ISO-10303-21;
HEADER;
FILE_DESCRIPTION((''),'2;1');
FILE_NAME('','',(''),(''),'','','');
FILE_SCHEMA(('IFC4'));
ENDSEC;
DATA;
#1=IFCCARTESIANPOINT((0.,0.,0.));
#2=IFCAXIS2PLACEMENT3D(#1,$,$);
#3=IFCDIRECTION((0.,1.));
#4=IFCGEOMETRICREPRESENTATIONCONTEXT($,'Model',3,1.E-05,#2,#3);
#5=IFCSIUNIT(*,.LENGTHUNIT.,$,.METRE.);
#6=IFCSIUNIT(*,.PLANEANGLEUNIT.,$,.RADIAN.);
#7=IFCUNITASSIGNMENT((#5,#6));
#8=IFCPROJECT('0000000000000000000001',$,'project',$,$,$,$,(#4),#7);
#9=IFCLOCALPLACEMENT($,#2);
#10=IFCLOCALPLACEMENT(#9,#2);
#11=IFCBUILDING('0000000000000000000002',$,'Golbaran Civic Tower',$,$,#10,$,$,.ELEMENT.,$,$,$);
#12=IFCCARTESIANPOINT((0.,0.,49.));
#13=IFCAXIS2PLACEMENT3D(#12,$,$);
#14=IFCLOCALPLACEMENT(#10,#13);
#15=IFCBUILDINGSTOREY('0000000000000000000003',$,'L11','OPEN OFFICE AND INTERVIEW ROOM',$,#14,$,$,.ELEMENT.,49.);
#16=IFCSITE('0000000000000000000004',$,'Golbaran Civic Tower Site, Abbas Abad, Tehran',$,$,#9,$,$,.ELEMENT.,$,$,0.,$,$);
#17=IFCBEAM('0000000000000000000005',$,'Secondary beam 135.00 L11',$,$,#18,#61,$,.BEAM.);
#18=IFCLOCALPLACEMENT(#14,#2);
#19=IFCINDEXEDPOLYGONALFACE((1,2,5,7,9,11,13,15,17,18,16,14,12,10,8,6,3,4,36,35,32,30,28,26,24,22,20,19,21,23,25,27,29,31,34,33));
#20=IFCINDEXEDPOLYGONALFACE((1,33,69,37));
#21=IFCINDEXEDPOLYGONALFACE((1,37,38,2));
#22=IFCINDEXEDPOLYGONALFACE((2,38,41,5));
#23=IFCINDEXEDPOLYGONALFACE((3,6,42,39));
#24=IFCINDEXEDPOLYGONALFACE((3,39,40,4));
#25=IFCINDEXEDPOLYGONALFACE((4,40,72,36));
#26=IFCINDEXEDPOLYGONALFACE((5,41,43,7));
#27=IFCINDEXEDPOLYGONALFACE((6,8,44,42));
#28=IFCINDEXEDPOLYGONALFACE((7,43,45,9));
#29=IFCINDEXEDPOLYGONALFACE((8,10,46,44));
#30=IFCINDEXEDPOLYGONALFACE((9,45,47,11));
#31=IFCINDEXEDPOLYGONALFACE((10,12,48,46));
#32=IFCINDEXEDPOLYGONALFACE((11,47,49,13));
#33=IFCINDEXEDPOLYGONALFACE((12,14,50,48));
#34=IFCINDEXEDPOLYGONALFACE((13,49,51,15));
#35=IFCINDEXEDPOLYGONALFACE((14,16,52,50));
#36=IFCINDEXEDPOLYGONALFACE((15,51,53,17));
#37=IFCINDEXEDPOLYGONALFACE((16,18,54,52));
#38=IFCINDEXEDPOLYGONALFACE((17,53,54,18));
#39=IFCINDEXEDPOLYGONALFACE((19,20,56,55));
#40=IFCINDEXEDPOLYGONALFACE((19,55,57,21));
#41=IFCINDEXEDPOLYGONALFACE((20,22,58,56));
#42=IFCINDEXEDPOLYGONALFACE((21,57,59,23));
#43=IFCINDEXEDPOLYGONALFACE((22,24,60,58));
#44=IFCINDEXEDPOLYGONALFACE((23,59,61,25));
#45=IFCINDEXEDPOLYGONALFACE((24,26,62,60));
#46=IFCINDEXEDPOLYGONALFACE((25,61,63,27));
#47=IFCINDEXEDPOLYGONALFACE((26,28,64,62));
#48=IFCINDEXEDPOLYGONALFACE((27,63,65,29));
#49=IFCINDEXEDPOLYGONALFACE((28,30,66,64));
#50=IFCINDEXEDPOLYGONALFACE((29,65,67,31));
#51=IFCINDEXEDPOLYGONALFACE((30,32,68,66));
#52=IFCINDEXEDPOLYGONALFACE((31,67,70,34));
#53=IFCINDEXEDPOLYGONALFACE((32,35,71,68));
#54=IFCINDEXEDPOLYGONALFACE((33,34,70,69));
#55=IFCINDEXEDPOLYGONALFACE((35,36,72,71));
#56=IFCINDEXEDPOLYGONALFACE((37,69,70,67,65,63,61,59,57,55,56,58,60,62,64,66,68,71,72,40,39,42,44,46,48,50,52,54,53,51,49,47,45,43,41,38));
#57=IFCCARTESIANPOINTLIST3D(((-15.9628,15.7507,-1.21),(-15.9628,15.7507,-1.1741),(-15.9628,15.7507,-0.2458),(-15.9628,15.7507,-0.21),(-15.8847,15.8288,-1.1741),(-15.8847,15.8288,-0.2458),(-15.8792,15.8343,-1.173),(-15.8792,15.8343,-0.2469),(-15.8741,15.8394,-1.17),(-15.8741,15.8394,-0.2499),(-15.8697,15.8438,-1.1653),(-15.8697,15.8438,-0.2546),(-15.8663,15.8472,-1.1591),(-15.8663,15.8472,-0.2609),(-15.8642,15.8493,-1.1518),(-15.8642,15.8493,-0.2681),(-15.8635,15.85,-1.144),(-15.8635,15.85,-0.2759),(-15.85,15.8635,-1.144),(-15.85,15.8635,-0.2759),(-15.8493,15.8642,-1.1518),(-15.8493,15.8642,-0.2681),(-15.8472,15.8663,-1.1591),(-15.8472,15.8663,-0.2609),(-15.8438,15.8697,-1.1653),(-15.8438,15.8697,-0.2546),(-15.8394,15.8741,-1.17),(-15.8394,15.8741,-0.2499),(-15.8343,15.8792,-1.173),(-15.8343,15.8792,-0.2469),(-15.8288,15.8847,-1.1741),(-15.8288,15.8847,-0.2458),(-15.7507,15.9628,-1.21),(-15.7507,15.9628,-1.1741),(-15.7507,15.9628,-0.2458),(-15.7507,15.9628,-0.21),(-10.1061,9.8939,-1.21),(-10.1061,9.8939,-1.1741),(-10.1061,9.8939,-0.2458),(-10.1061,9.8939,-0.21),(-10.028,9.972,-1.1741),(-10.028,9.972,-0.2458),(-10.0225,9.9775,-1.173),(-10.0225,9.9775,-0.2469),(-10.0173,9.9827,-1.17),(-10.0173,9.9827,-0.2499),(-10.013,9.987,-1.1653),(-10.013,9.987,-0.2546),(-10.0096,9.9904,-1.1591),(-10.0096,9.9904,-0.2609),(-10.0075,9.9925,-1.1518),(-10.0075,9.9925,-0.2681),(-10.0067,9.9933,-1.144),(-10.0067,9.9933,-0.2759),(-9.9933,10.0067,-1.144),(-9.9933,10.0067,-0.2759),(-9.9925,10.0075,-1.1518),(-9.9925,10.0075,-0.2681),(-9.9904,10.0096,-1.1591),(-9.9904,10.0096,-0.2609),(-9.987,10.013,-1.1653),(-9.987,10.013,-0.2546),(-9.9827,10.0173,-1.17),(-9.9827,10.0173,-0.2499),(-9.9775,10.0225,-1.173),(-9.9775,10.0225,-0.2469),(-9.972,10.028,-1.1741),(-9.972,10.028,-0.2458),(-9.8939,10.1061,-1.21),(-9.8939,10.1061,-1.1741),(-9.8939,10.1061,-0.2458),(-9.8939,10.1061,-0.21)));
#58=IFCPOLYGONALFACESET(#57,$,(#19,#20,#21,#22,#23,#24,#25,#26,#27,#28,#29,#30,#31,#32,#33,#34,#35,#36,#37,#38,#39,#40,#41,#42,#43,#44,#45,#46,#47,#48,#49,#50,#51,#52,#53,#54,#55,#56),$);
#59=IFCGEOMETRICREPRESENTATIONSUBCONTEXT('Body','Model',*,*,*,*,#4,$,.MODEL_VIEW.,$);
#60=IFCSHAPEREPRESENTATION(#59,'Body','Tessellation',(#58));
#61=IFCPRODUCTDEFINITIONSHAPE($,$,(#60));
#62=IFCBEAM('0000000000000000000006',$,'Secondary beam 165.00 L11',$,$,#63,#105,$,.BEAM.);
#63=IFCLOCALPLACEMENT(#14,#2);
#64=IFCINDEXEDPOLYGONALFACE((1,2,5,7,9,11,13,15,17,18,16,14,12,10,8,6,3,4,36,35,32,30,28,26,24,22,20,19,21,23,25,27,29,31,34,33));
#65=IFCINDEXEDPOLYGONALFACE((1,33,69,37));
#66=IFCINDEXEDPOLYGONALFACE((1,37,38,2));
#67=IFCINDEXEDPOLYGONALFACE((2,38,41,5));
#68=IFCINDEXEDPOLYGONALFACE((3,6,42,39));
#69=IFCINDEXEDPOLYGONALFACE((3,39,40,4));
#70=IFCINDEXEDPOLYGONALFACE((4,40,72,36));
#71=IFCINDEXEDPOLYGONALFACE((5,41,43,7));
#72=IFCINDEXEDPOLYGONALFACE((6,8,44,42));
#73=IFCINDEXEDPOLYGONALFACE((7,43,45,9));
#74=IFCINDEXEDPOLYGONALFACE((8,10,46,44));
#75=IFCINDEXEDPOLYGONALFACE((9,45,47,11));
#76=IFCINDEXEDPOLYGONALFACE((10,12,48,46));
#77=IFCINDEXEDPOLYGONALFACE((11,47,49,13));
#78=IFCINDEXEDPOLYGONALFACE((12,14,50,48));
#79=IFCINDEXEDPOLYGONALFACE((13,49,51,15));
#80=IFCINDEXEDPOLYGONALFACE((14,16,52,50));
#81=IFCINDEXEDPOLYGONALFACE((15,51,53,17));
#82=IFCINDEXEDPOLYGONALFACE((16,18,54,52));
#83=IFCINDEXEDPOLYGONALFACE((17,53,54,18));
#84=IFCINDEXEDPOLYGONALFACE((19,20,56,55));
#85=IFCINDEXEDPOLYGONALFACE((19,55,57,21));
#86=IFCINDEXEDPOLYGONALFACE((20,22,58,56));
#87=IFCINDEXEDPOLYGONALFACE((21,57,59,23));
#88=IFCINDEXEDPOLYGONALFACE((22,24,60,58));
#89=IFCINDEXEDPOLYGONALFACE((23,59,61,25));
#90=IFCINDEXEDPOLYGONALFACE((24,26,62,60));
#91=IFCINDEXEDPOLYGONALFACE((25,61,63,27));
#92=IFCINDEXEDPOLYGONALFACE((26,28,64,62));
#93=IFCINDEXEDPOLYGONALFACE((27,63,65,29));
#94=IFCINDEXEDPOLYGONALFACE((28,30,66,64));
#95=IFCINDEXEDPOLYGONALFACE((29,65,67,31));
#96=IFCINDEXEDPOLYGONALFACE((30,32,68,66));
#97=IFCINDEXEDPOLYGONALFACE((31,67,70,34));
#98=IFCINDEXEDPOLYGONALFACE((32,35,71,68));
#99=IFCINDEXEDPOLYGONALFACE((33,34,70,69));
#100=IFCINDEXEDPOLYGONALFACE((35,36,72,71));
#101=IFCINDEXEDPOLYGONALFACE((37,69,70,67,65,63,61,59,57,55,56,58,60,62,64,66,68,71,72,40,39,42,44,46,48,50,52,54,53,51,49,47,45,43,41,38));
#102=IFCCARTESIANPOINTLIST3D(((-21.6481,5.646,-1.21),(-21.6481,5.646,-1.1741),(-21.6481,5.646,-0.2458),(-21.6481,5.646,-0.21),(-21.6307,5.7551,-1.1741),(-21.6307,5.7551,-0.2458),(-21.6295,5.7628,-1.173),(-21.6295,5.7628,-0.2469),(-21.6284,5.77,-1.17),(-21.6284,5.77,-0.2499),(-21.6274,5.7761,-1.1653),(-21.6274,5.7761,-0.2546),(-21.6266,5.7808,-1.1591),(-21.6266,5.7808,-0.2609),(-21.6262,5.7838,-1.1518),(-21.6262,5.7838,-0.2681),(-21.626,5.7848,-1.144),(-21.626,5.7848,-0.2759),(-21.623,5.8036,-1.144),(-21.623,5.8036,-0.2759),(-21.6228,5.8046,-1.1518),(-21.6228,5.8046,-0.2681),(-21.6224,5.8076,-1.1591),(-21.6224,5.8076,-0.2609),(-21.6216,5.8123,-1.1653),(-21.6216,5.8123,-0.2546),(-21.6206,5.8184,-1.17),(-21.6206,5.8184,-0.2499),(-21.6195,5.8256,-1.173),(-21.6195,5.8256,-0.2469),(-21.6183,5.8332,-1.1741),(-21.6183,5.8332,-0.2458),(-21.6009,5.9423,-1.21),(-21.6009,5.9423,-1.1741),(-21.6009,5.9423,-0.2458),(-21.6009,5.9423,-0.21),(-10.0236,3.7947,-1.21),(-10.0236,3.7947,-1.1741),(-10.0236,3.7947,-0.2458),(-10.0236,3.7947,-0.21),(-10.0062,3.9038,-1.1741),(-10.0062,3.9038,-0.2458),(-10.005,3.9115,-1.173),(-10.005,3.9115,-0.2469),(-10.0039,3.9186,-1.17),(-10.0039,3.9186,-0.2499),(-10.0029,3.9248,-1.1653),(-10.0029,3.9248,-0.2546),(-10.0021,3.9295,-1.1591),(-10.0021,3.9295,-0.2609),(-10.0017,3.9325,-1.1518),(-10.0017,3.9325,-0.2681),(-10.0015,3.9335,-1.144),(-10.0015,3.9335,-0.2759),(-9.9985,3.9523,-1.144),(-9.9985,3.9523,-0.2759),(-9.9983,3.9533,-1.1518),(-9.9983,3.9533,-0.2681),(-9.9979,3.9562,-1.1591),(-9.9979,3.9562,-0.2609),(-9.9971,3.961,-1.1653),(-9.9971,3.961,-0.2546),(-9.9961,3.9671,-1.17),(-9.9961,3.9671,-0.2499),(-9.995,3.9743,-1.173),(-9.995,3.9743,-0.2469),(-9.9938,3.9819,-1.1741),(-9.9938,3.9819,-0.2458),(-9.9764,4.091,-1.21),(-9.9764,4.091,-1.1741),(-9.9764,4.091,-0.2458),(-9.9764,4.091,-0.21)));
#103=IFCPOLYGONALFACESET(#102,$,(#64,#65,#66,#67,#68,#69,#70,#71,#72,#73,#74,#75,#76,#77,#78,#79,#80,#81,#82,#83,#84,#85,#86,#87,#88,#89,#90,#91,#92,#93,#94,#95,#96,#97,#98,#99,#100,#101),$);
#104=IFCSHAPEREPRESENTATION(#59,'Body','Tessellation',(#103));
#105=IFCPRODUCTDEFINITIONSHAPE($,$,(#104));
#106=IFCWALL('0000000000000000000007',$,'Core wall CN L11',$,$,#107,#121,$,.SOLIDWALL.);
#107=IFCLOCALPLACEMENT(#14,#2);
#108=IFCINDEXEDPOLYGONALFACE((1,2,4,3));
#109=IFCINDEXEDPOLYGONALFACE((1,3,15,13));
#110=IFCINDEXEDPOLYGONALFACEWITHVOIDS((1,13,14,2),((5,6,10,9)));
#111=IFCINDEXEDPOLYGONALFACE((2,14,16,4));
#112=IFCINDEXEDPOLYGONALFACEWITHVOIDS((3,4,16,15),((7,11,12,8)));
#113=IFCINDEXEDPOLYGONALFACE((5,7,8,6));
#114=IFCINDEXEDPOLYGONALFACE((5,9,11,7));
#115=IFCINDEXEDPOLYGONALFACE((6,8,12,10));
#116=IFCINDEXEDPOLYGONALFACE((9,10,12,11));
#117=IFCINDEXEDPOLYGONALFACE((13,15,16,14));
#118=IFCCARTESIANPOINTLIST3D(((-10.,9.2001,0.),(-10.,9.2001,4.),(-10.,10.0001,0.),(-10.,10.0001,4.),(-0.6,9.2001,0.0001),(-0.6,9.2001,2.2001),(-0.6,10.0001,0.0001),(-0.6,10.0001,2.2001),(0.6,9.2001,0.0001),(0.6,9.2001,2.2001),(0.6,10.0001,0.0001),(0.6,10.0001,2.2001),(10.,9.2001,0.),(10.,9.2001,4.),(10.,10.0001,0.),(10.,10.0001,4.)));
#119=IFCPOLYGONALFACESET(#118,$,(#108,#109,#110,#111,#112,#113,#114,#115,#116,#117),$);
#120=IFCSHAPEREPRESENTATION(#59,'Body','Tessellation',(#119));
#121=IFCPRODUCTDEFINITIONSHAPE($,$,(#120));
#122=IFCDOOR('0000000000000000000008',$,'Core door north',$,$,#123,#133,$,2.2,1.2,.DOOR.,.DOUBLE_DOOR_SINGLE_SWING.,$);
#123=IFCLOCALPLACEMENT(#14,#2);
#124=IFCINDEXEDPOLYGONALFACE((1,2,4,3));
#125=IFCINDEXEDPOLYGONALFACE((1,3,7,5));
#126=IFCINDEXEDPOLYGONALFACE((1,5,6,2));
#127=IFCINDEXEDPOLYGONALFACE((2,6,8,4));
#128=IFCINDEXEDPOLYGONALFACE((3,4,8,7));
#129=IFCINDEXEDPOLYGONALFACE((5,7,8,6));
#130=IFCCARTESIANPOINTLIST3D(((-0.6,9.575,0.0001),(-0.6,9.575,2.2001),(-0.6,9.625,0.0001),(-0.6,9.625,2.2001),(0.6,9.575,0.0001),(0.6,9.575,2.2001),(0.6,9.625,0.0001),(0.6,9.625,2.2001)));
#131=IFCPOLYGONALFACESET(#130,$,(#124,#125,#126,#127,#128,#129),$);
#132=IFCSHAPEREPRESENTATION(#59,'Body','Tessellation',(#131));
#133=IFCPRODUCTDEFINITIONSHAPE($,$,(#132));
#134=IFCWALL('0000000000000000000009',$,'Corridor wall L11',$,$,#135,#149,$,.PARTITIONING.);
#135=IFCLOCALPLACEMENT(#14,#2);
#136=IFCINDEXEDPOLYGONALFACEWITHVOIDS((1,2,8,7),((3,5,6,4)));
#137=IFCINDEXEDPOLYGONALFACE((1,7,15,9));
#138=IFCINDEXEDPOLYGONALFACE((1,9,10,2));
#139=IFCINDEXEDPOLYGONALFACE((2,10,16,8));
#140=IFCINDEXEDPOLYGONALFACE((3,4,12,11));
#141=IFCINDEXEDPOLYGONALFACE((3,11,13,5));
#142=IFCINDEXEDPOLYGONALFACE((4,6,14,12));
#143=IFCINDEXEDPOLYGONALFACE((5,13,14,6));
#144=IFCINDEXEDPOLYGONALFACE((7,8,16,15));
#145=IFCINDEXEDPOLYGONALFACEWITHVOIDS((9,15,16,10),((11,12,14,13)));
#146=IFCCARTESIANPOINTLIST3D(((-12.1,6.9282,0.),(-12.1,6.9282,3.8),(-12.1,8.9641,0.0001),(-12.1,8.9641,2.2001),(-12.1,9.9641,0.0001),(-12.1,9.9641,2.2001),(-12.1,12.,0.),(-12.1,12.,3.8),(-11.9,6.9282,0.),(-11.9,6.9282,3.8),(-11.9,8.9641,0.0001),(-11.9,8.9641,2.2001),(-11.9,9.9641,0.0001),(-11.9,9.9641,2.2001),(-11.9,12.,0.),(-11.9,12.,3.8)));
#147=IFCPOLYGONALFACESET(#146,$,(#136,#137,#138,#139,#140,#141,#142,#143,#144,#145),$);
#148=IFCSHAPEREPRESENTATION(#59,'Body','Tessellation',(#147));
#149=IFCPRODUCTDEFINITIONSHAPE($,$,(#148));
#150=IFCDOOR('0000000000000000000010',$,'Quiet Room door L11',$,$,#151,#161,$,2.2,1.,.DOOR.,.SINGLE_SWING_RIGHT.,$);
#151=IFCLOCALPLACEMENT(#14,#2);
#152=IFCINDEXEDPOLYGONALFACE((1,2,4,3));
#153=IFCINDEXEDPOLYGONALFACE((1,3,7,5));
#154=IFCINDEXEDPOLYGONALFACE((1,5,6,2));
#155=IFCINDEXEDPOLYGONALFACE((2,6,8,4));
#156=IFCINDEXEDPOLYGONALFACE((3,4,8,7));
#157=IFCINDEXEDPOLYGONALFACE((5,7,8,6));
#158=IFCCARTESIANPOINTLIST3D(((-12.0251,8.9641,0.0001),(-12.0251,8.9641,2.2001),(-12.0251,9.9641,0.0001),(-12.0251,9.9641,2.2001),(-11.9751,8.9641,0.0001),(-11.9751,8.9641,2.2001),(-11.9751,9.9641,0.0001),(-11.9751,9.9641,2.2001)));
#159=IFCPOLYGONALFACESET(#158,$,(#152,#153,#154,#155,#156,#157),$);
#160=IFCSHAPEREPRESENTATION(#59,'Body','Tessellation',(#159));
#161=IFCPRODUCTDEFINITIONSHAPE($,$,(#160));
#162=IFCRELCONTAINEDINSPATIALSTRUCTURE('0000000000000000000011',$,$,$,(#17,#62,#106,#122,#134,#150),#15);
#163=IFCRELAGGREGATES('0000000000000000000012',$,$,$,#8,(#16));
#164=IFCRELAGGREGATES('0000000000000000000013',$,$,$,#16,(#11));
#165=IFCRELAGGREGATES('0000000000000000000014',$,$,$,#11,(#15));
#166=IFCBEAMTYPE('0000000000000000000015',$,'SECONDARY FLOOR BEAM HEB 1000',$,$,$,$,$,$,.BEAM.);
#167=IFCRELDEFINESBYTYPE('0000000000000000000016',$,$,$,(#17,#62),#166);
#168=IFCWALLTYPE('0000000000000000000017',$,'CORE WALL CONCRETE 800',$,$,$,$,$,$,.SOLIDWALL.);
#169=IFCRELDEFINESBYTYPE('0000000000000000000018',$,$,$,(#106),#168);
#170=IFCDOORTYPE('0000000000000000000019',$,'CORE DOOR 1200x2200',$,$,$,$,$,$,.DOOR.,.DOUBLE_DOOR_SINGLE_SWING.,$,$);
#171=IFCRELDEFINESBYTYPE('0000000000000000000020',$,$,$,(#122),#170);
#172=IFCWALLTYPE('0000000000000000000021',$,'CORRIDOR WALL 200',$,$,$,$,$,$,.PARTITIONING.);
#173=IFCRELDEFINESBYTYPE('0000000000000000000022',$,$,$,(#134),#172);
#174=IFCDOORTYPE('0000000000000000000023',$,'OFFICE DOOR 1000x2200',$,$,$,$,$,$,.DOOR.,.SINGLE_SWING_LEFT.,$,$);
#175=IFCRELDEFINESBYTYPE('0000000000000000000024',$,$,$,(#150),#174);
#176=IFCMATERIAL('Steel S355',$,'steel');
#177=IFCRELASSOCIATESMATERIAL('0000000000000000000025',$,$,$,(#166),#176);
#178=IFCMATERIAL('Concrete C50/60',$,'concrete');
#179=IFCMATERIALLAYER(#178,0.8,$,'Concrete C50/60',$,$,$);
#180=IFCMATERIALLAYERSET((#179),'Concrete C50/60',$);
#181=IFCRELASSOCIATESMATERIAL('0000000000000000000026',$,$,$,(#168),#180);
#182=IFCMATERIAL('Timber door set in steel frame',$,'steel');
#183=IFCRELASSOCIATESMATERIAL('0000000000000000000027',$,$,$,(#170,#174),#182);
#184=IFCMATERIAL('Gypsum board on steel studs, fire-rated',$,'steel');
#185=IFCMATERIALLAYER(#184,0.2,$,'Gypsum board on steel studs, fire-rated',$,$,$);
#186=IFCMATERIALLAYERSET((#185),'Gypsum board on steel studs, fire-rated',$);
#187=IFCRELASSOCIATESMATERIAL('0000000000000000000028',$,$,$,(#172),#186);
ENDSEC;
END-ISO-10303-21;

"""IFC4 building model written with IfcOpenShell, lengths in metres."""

from ifc_helpers import new_model, si_unit, direction, frame, frame_2d, origin, origin_2d, place, context, subcontext, project, spatial, rectangle, i_section, extrude, material, layer, layer_set, material_profile, profile_set, type_object, element, fill, save


model = new_model("IFC4")

# Units and contexts
model_context = context("Model", 3, precision=1e-05, world=origin(), true_north=direction((0.0, 1.0)))
body_context = subcontext(model_context, "Body", "Model", "MODEL_VIEW")
ifc_project = project(units=[si_unit("LENGTHUNIT", "METRE"), si_unit("PLANEANGLEUNIT", "RADIAN")], contexts=[model_context])

# Site, building, storey
site_placement = place(None, origin())
site = spatial("IfcSite", under=ifc_project, at=site_placement, Name="Golbaran Civic Tower Site, Abbas Abad, Tehran", CompositionType="ELEMENT", RefElevation=0.0)
building_placement = place(site_placement, origin())
building = spatial("IfcBuilding", under=site, at=building_placement, Name="Golbaran Civic Tower", CompositionType="ELEMENT")
storey_placement = place(building_placement, frame((0.0, 0.0, 49.0)))
storey = spatial("IfcBuildingStorey", under=building, at=storey_placement, Name="L11", Description="OPEN OFFICE AND INTERVIEW ROOM", CompositionType="ELEMENT", Elevation=49.0)

# Beams
ifc_material_1 = material(Name="Steel S355", Category="steel")
ifc_material_profile_1 = material_profile(ifc_material_1, i_section(OverallWidth=0.3, OverallDepth=1.0, WebThickness=0.019, FlangeThickness=0.0359, FilletRadius=0.03, at=origin_2d()), Name="HEB 1000")
ifc_profile_set_1 = profile_set([ifc_material_profile_1], Name="Steel S355")
beam_type_1 = type_object("IfcBeamType", Name="SECONDARY FLOOR BEAM HEB 1000", PredefinedType="BEAM", material=ifc_profile_set_1)
beam_1_placement = place(storey_placement, frame((-10.0, 10.0, -0.71), z_axis=(-0.707107, 0.707107, 0.0), x_axis=(-0.707107, -0.707107, 0.0)))
element("IfcBeam", 1, at=beam_1_placement, inside=storey, type_object=beam_type_1, Name="Secondary beam 135.00 L11", PredefinedType="BEAM", context=body_context, shape_type="SweptSolid", body=[
    extrude(i_section(OverallWidth=0.3, OverallDepth=1.0, WebThickness=0.019, FlangeThickness=0.0359, FilletRadius=0.03, at=origin_2d()), origin(), (0.0, 0.0, 1.0), 8.2827),
])
beam_2_placement = place(storey_placement, frame((-10.0, 3.9429, -0.71), z_axis=(-0.987554, 0.157278, 0.0), x_axis=(-0.157278, -0.987554, 0.0)))
element("IfcBeam", 2, at=beam_2_placement, inside=storey, type_object=beam_type_1, Name="Secondary beam 165.00 L11", PredefinedType="BEAM", context=body_context, shape_type="SweptSolid", body=[
    extrude(i_section(OverallWidth=0.3, OverallDepth=1.0, WebThickness=0.019, FlangeThickness=0.0359, FilletRadius=0.03, at=origin_2d()), origin(), (0.0, 0.0, 1.0), 11.771),
])

# Walls, openings, doors
ifc_material_2 = material(Name="Concrete C50/60", Category="concrete")
ifc_layer_1 = layer(ifc_material_2, 0.8, Name="Concrete C50/60")
ifc_layer_set_1 = layer_set([ifc_layer_1], Name="Concrete C50/60")
wall_type_1 = type_object("IfcWallType", Name="CORE WALL CONCRETE 800", PredefinedType="SOLIDWALL", material=ifc_layer_set_1)
wall_1_placement = place(storey_placement, frame((-10.0, 9.6001, 0.0), z_axis=(0.0, 0.0, 1.0), x_axis=(1.0, 0.0, 0.0)))
wall_1 = element("IfcWall", 3, at=wall_1_placement, inside=storey, type_object=wall_type_1, Name="Core wall CN L11", PredefinedType="SOLIDWALL", context=body_context, shape_type="SweptSolid", body=[
    extrude(rectangle(XDim=20.0, YDim=0.8, at=frame_2d((10.0, 0.0))), origin(), (0.0, 0.0, 1.0), 4.0),
])
opening_1_placement = place(wall_1_placement, frame((9.3999, 0.0, 0.0)))
opening_1 = element("IfcOpeningElement", 4, at=opening_1_placement, cuts=wall_1, PredefinedType="OPENING", context=body_context, shape_type="SweptSolid", body=[
    extrude(rectangle(XDim=1.2, YDim=2.2, at=frame_2d((0.6001, 1.1001))), frame((0.0, 0.4099, 0.0), z_axis=(0.0, -1.0, 0.0), x_axis=(1.0, 0.0, 0.0)), (0.0, 0.0, 1.0), 0.8201),
])
ifc_material_3 = material(Name="Timber door set in steel frame", Category="steel")
door_type_1 = type_object("IfcDoorType", Name="CORE DOOR 1200x2200", OperationType="DOUBLE_DOOR_SINGLE_SWING", PredefinedType="DOOR", material=ifc_material_3)
door_1_placement = place(opening_1_placement, origin())
door_1 = element("IfcDoor", 5, at=door_1_placement, inside=storey, type_object=door_type_1, Name="Core door north", OperationType="DOUBLE_DOOR_SINGLE_SWING", OverallHeight=2.2, OverallWidth=1.2, PredefinedType="DOOR", context=body_context, shape_type="SweptSolid", body=[
    extrude(rectangle(XDim=1.2, YDim=2.2, at=frame_2d((0.6001, 1.1001))), frame((0.0, 0.0249, 0.0), z_axis=(0.0, -1.0, 0.0), x_axis=(1.0, 0.0, 0.0)), (0.0, 0.0, 1.0), 0.05),
])
fill(opening_1, door_1)
ifc_material_4 = material(Name="Gypsum board on steel studs, fire-rated", Category="steel")
ifc_layer_2 = layer(ifc_material_4, 0.2, Name="Gypsum board on steel studs, fire-rated")
ifc_layer_set_2 = layer_set([ifc_layer_2], Name="Gypsum board on steel studs, fire-rated")
wall_type_2 = type_object("IfcWallType", Name="CORRIDOR WALL 200", PredefinedType="PARTITIONING", material=ifc_layer_set_2)
wall_2_placement = place(storey_placement, frame((-12.0, 12.0, 0.0), z_axis=(0.0, 0.0, 1.0), x_axis=(0.0, -1.0, 0.0)))
wall_2 = element("IfcWall", 6, at=wall_2_placement, inside=storey, type_object=wall_type_2, Name="Corridor wall L11", PredefinedType="PARTITIONING", context=body_context, shape_type="SweptSolid", body=[
    extrude(rectangle(XDim=5.0718, YDim=0.2, at=frame_2d((2.5359, 0.0))), origin(), (0.0, 0.0, 1.0), 3.8),
])
opening_2_placement = place(wall_2_placement, frame((2.0359, 0.0, 0.0)))
opening_2 = element("IfcOpeningElement", 7, at=opening_2_placement, cuts=wall_2, PredefinedType="OPENING", context=body_context, shape_type="SweptSolid", body=[
    extrude(rectangle(XDim=1.0, YDim=2.2, at=frame_2d((0.5, 1.1001))), frame((0.0, 0.1099, 0.0), z_axis=(0.0, -1.0, 0.0), x_axis=(1.0, 0.0, 0.0)), (0.0, 0.0, 1.0), 0.22),
])
door_type_2 = type_object("IfcDoorType", Name="OFFICE DOOR 1000x2200", OperationType="SINGLE_SWING_LEFT", PredefinedType="DOOR", material=ifc_material_3)
door_2_placement = place(opening_2_placement, origin())
door_2 = element("IfcDoor", 8, at=door_2_placement, inside=storey, type_object=door_type_2, Name="Quiet Room door L11", OperationType="SINGLE_SWING_RIGHT", OverallHeight=2.2, OverallWidth=1.0, PredefinedType="DOOR", context=body_context, shape_type="SweptSolid", body=[
    extrude(rectangle(XDim=1.0, YDim=2.2, at=frame_2d((0.5, 1.1001))), frame((0.0, 0.0249, 0.0), z_axis=(0.0, -1.0, 0.0), x_axis=(1.0, 0.0, 0.0)), (0.0, 0.0, 1.0), 0.05),
])
fill(opening_2, door_2)

save(model, "model.ifc")
